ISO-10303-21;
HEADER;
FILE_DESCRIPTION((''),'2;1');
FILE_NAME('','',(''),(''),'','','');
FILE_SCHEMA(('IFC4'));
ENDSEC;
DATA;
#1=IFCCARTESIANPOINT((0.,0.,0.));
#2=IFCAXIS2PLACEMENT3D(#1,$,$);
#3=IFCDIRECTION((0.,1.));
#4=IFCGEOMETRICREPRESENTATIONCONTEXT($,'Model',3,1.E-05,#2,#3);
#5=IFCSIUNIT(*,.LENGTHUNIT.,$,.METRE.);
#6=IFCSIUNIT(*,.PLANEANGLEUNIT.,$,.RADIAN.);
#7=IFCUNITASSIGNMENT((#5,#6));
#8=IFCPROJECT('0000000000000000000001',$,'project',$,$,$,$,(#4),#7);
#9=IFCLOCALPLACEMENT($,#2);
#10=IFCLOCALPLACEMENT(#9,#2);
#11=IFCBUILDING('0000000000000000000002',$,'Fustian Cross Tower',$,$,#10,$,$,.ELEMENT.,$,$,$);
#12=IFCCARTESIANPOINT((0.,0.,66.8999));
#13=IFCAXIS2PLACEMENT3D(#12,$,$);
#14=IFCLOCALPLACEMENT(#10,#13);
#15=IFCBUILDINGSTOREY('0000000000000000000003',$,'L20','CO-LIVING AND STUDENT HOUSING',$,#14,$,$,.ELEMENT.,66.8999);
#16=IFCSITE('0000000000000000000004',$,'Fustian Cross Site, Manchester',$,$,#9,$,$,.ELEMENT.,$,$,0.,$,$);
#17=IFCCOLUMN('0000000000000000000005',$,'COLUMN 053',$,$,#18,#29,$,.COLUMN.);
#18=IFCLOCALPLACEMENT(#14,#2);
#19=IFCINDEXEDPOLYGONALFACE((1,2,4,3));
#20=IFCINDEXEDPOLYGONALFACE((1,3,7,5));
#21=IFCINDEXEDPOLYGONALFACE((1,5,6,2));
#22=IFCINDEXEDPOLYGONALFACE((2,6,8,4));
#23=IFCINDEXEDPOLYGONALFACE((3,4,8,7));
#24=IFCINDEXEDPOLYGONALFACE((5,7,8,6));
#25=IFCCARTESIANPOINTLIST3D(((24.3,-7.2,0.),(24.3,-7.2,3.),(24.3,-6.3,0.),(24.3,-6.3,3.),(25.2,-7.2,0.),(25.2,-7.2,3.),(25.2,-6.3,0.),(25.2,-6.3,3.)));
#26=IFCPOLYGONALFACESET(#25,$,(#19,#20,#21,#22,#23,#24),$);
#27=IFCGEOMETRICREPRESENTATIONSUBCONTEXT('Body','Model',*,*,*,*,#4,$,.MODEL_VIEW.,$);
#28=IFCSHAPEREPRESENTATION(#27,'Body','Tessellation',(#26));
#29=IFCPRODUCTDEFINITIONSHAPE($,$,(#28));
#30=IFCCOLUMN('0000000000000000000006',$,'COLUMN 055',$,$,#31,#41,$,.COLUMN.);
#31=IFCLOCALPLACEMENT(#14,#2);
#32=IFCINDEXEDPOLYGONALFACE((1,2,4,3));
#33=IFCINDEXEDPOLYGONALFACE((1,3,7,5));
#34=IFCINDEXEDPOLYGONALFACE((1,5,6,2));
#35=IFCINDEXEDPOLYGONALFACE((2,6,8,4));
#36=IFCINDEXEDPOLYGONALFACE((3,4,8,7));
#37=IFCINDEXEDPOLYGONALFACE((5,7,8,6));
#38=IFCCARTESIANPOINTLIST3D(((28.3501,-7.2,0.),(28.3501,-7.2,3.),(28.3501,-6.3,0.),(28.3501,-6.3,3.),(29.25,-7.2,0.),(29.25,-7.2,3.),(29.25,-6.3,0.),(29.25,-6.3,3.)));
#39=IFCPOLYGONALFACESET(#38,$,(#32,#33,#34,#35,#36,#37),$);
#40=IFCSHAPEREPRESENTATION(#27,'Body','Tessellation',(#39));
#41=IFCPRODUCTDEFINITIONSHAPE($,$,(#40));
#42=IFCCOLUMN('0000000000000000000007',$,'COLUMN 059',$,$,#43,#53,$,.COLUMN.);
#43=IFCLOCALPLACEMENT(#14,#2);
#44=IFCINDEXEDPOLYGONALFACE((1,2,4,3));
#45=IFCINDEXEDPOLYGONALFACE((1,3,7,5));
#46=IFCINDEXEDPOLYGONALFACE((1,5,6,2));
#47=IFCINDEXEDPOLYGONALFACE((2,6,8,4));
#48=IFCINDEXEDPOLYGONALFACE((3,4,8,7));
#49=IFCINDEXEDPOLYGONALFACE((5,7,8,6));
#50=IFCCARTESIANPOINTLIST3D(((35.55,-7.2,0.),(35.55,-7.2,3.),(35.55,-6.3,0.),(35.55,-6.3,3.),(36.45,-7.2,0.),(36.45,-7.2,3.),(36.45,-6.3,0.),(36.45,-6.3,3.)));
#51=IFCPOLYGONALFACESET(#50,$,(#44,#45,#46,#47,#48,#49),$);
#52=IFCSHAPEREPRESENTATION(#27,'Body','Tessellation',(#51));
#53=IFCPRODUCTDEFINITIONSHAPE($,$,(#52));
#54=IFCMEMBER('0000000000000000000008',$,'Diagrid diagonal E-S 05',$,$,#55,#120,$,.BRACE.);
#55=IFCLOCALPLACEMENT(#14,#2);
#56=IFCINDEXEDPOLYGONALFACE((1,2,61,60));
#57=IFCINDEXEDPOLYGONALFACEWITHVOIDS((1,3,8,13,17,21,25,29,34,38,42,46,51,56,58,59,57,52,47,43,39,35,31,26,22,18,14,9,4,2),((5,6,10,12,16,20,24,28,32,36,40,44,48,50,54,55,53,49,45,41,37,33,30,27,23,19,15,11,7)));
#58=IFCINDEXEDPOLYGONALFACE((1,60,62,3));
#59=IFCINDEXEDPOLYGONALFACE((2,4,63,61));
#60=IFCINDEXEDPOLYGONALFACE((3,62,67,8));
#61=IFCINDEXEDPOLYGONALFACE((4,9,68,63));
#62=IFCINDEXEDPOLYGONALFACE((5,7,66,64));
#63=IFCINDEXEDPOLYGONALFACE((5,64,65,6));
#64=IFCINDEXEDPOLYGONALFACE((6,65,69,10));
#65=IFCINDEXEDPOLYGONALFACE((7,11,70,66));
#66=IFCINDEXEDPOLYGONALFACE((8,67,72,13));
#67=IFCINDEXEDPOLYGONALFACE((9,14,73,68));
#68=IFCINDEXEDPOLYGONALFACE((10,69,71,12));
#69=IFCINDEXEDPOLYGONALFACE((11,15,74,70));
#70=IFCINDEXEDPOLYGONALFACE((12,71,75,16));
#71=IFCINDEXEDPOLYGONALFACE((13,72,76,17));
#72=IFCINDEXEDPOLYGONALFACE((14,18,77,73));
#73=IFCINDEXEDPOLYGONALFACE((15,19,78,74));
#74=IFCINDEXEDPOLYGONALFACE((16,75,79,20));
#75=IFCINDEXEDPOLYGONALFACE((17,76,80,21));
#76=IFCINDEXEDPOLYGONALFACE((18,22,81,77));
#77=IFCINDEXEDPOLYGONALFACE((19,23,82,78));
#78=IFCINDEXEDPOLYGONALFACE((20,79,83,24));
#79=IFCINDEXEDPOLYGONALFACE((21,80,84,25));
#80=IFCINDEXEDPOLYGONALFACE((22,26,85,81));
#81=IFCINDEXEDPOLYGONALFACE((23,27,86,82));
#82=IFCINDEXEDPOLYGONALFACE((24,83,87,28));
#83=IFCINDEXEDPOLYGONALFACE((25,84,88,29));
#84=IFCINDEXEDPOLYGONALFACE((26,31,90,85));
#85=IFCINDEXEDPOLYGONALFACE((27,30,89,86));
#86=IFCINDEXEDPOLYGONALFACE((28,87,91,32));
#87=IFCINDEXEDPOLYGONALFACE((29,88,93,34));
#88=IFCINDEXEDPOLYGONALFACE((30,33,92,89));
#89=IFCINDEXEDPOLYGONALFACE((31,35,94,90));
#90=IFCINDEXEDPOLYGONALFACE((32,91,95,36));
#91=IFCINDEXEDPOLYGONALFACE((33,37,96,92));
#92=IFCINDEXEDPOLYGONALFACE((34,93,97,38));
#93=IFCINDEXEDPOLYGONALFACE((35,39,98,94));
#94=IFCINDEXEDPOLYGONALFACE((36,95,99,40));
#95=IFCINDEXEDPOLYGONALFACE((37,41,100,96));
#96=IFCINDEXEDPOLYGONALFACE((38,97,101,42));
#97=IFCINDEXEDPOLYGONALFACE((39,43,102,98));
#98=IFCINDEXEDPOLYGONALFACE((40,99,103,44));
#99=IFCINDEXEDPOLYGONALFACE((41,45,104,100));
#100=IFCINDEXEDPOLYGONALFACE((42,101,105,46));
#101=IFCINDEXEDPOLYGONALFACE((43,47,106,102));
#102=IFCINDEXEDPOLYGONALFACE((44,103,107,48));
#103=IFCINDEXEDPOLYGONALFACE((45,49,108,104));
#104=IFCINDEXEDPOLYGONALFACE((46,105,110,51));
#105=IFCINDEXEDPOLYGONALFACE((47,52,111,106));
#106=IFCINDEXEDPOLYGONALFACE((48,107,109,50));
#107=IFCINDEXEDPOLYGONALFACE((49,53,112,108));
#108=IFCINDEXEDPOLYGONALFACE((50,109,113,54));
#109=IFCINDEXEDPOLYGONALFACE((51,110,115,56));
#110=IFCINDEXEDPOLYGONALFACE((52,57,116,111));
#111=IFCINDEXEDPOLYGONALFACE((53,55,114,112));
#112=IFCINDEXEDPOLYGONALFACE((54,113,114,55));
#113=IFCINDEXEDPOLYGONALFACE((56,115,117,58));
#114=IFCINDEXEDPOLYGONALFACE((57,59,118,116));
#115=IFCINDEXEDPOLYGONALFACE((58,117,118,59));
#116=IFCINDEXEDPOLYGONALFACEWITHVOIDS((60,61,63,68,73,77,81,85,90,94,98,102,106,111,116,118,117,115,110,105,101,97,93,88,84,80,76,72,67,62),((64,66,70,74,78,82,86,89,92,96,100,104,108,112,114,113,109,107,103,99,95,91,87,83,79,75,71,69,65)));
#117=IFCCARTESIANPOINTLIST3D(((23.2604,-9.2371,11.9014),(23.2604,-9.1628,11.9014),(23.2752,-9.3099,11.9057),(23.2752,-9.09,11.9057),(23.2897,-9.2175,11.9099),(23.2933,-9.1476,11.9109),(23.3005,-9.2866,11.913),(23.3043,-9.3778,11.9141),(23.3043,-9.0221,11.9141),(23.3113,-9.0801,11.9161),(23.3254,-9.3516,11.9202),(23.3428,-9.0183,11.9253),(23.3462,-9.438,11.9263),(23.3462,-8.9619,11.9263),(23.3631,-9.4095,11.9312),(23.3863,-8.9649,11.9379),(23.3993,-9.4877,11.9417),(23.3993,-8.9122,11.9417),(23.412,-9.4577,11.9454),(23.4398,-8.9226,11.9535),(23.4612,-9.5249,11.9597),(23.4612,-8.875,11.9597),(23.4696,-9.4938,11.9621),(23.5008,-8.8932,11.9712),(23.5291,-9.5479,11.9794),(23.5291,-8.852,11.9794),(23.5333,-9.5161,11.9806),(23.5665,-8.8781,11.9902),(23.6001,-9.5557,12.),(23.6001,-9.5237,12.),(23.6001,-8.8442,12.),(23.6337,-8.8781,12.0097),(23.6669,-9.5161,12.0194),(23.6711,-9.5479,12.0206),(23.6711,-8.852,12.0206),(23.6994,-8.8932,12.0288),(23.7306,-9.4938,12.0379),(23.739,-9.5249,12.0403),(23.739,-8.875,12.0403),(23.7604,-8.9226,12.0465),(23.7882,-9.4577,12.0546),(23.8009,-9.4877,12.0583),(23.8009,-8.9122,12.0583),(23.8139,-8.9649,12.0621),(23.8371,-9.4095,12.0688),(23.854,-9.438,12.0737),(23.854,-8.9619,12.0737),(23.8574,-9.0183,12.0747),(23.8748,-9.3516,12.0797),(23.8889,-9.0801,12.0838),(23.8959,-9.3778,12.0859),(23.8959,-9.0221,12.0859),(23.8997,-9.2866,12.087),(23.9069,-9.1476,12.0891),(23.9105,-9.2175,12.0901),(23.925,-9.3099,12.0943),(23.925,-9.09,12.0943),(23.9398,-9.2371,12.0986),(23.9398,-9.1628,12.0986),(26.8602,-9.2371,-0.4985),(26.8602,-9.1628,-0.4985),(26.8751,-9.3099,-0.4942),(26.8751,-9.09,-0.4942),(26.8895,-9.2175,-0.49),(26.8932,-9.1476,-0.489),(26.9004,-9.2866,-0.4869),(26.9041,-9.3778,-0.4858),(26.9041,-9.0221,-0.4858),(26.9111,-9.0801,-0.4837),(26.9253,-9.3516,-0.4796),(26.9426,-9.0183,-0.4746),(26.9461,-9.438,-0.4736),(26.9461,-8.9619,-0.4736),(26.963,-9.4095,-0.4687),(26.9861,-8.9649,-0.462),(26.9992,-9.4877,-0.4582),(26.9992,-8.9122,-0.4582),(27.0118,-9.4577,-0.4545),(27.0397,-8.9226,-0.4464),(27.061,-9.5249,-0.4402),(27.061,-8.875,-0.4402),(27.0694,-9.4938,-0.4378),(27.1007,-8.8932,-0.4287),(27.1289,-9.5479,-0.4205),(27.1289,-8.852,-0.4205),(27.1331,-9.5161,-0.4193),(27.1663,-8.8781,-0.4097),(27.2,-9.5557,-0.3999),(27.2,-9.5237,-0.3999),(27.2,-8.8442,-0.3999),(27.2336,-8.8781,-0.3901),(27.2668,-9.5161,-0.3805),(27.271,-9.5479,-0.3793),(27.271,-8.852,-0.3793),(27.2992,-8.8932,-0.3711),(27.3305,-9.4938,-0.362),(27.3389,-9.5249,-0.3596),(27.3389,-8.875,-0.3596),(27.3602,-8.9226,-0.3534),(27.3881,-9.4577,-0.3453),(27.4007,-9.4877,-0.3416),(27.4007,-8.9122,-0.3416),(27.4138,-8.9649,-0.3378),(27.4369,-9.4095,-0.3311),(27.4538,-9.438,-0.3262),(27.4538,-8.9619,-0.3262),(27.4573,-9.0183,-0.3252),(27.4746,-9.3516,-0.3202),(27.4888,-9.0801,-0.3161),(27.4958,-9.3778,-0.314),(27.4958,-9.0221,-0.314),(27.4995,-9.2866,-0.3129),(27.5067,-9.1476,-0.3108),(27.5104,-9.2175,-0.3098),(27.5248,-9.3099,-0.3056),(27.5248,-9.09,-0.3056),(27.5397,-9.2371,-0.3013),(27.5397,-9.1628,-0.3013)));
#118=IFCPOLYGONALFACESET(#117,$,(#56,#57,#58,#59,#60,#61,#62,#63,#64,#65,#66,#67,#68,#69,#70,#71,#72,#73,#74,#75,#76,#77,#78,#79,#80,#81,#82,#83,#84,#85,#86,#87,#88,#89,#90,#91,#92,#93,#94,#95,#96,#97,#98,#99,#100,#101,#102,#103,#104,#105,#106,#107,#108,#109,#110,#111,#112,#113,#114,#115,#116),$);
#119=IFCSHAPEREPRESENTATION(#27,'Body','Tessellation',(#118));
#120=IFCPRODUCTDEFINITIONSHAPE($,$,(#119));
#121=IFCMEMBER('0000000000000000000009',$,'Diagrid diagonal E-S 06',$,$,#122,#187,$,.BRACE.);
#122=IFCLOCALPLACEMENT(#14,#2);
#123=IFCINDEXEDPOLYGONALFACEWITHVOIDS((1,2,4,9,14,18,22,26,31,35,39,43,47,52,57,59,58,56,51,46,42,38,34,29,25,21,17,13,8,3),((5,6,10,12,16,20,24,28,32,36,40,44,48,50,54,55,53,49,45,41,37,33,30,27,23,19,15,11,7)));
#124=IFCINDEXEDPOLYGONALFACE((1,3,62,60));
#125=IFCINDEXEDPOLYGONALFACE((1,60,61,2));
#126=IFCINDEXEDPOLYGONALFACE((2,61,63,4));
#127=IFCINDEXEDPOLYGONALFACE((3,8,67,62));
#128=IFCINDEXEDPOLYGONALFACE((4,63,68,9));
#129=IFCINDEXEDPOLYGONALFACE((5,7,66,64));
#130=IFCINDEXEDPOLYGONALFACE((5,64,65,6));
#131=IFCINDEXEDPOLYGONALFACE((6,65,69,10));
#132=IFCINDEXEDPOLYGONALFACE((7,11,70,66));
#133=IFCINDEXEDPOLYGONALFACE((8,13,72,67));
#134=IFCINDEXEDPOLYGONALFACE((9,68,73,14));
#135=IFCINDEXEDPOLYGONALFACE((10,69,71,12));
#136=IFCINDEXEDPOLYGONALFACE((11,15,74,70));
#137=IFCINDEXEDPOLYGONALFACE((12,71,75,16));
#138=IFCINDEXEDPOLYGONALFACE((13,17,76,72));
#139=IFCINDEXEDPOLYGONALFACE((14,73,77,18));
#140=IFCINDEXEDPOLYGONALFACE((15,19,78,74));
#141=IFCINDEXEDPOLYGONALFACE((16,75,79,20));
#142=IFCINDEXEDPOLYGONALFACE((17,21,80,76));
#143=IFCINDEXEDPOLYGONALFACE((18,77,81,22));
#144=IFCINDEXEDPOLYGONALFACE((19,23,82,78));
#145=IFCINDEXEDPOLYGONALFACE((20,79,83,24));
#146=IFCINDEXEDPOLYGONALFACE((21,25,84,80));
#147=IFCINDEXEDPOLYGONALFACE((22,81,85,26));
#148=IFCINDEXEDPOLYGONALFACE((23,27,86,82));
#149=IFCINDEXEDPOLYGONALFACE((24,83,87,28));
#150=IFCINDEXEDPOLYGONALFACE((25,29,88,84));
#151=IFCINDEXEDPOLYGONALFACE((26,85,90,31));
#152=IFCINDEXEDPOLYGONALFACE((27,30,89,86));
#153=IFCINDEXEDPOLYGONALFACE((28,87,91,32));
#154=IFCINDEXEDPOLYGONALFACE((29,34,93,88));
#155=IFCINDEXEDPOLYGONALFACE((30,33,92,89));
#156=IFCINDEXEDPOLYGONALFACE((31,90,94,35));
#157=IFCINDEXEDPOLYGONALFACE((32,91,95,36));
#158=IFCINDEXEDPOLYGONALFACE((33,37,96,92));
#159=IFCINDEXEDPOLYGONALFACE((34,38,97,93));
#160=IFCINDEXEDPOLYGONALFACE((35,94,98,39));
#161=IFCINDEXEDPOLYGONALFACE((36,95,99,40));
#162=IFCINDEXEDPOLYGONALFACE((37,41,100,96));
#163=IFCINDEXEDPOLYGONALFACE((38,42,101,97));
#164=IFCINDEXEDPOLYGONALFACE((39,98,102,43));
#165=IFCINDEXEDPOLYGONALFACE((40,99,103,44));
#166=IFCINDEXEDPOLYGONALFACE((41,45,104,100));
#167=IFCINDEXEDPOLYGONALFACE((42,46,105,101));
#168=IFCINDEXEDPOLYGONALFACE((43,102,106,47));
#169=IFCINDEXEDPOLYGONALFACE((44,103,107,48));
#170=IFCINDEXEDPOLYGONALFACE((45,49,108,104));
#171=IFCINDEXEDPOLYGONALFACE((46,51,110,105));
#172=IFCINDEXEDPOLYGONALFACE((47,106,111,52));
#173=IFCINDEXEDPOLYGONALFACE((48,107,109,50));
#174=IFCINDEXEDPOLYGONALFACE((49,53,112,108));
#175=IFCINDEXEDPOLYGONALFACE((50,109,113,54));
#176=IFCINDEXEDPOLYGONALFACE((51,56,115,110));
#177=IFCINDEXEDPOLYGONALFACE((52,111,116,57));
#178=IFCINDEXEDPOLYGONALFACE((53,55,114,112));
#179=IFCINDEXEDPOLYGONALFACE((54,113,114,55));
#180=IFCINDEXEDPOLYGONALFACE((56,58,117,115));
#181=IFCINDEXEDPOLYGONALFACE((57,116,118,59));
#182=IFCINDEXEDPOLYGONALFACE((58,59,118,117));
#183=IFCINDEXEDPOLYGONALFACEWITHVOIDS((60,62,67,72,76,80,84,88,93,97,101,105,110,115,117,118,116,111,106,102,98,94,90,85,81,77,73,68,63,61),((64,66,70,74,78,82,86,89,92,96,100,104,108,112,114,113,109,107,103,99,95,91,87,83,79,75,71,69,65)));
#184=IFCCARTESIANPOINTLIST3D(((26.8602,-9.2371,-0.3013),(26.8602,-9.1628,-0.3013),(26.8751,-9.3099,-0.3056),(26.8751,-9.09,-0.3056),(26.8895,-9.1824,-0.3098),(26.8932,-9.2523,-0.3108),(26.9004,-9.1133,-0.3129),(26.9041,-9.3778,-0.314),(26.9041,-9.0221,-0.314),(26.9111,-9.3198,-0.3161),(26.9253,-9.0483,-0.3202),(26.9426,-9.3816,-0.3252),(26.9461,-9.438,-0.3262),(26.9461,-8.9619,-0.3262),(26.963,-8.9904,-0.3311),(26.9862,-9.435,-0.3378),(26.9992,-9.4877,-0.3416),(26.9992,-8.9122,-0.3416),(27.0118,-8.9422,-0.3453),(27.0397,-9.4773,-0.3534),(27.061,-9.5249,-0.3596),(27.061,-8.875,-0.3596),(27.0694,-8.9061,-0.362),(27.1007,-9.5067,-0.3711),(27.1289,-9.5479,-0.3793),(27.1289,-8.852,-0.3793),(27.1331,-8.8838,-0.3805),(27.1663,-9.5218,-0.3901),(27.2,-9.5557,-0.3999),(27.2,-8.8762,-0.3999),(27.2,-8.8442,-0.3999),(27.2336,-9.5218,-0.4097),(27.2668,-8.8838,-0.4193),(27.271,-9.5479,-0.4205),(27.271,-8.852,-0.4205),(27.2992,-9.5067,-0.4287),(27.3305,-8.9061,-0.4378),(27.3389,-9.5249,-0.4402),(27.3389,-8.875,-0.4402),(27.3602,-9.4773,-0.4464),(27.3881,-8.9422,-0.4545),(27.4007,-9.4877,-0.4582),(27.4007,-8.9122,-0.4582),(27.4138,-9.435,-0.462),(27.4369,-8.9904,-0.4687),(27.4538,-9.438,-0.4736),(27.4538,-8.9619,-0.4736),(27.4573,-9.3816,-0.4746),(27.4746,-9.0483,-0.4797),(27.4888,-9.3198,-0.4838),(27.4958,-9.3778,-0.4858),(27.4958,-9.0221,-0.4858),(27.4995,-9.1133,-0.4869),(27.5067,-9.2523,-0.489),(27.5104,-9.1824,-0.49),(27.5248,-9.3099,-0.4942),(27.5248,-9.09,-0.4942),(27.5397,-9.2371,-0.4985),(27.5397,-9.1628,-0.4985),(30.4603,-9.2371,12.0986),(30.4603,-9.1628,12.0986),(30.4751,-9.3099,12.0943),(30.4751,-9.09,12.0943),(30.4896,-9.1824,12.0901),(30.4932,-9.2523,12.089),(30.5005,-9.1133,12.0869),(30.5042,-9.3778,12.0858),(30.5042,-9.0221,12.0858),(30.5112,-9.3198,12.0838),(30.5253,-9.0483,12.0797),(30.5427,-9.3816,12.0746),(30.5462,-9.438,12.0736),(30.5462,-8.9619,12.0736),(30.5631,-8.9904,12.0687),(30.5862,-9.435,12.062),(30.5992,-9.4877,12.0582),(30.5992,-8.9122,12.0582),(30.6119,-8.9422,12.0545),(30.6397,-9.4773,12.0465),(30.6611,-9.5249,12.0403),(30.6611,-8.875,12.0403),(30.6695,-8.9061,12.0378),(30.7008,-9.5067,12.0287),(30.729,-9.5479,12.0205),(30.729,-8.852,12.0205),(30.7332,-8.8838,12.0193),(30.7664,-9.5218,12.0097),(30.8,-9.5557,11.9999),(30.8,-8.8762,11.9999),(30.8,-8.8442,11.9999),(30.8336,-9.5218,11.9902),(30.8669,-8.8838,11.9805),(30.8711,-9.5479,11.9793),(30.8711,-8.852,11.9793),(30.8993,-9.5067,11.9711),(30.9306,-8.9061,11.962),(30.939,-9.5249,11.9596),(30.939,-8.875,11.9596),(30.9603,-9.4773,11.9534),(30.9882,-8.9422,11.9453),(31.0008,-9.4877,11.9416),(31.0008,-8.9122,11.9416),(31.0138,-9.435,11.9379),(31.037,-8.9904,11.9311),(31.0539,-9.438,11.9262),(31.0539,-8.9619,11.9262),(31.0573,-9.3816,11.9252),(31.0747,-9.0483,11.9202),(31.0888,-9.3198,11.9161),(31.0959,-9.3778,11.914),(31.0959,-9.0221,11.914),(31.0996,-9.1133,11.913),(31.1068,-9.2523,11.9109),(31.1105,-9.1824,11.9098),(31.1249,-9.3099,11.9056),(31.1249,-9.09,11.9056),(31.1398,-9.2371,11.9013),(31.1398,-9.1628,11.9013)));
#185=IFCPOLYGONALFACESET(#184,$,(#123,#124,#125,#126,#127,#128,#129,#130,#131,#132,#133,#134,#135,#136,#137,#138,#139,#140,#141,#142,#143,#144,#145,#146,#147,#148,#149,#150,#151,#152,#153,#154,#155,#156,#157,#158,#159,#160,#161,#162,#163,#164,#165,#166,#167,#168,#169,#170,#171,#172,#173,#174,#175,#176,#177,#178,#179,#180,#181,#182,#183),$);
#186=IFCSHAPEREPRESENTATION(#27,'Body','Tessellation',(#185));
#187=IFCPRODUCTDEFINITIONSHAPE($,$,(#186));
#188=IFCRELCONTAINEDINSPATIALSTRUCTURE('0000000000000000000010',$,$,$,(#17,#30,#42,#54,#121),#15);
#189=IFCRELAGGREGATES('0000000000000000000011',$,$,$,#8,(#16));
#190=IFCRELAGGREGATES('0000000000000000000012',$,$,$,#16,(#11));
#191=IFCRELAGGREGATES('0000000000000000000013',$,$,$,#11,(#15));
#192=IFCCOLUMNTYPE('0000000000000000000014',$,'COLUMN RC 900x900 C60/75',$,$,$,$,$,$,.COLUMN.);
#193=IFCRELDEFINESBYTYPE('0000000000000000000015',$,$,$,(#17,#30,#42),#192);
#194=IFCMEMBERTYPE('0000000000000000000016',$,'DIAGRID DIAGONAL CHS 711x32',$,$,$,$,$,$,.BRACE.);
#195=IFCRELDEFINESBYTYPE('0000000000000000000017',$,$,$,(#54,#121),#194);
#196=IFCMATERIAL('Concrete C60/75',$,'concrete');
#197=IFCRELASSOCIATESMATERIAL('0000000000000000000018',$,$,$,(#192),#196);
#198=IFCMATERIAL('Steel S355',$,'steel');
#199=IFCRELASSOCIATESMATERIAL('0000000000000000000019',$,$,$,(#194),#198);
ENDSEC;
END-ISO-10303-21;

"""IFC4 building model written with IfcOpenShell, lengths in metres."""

from ifc_helpers import new_model, si_unit, direction, frame, origin, origin_2d, place, context, subcontext, project, spatial, rectangle, hollow_circle, extrude, material, material_profile, profile_set, type_object, element, save


model = new_model("IFC4")

# Units and contexts
model_context = context("Model", 3, precision=1e-05, world=origin(), true_north=direction((0.0, 1.0)))
body_context = subcontext(model_context, "Body", "Model", "MODEL_VIEW")
ifc_project = project(units=[si_unit("LENGTHUNIT", "METRE"), si_unit("PLANEANGLEUNIT", "RADIAN")], contexts=[model_context])

# Site, building, storey
site_placement = place(None, origin())
site = spatial("IfcSite", under=ifc_project, at=site_placement, Name="Fustian Cross Site, Manchester", CompositionType="ELEMENT", RefElevation=0.0)
building_placement = place(site_placement, origin())
building = spatial("IfcBuilding", under=site, at=building_placement, Name="Fustian Cross Tower", CompositionType="ELEMENT")
storey_placement = place(building_placement, frame((0.0, 0.0, 66.8999)))
storey = spatial("IfcBuildingStorey", under=building, at=storey_placement, Name="L20", Description="CO-LIVING AND STUDENT HOUSING", CompositionType="ELEMENT", Elevation=66.8999)

# Columns
ifc_material_1 = material(Name="Concrete C60/75", Category="concrete")
ifc_material_profile_1 = material_profile(ifc_material_1, rectangle(XDim=0.8999, YDim=0.8999, at=origin_2d()), Name="RC 900x900")
ifc_profile_set_1 = profile_set([ifc_material_profile_1], Name="Concrete C60/75")
column_type = type_object("IfcColumnType", Name="COLUMN RC 900x900 C60/75", PredefinedType="COLUMN", material=ifc_profile_set_1)
for number, where, z_axis, x_axis, name in (
    (1, (24.75, -6.75, 0.0), (0.0, 0.0, 1.0), (1.0, 0.0, 0.0), "COLUMN 053"),
    (2, (28.8, -6.75, 0.0), (0.0, 0.0, 1.0), (1.0, 0.0, 0.0), "COLUMN 055"),
    (3, (36.0, -6.75, 0.0), (0.0, 0.0, 1.0), (1.0, 0.0, 0.0), "COLUMN 059"),
):
    element("IfcColumn", number, at=place(storey_placement, frame(where, z_axis=z_axis, x_axis=x_axis)), inside=storey, type_object=column_type, Name=name, PredefinedType="COLUMN", context=body_context, shape_type="SweptSolid", body=[
        extrude(rectangle(XDim=0.8999, YDim=0.8999, at=origin_2d()), origin(), (0.0, 0.0, 1.0), 3.0),
    ])

# Members
ifc_material_2 = material(Name="Steel S355", Category="steel")
ifc_material_profile_2 = material_profile(ifc_material_2, hollow_circle(Radius=0.3557, WallThickness=0.032, at=origin_2d()), Name="CHS 711x32")
ifc_profile_set_2 = profile_set([ifc_material_profile_2], Name="Steel S355")
member_type_1 = type_object("IfcMemberType", Name="DIAGRID DIAGONAL CHS 711x32", PredefinedType="BRACE", material=ifc_profile_set_2)
for number, where, z_axis, x_axis, name in (
    (4, (27.2, -9.2, -0.3999), (-0.278802, 0.0, 0.960349), (0.0, -1.0, 0.0), "Diagrid diagonal E-S 05"),
    (5, (27.2, -9.2, -0.3999), (0.278819, 0.0, 0.960344), (0.0, 1.0, 0.0), "Diagrid diagonal E-S 06"),
):
    element("IfcMember", number, at=place(storey_placement, frame(where, z_axis=z_axis, x_axis=x_axis)), inside=storey, type_object=member_type_1, Name=name, PredefinedType="BRACE", context=body_context, shape_type="SweptSolid", body=[
        extrude(hollow_circle(Radius=0.3557, WallThickness=0.032, at=origin_2d()), origin(), (0.0, 0.0, 1.0), 12.9119),
    ])

save(model, "model.ifc")
